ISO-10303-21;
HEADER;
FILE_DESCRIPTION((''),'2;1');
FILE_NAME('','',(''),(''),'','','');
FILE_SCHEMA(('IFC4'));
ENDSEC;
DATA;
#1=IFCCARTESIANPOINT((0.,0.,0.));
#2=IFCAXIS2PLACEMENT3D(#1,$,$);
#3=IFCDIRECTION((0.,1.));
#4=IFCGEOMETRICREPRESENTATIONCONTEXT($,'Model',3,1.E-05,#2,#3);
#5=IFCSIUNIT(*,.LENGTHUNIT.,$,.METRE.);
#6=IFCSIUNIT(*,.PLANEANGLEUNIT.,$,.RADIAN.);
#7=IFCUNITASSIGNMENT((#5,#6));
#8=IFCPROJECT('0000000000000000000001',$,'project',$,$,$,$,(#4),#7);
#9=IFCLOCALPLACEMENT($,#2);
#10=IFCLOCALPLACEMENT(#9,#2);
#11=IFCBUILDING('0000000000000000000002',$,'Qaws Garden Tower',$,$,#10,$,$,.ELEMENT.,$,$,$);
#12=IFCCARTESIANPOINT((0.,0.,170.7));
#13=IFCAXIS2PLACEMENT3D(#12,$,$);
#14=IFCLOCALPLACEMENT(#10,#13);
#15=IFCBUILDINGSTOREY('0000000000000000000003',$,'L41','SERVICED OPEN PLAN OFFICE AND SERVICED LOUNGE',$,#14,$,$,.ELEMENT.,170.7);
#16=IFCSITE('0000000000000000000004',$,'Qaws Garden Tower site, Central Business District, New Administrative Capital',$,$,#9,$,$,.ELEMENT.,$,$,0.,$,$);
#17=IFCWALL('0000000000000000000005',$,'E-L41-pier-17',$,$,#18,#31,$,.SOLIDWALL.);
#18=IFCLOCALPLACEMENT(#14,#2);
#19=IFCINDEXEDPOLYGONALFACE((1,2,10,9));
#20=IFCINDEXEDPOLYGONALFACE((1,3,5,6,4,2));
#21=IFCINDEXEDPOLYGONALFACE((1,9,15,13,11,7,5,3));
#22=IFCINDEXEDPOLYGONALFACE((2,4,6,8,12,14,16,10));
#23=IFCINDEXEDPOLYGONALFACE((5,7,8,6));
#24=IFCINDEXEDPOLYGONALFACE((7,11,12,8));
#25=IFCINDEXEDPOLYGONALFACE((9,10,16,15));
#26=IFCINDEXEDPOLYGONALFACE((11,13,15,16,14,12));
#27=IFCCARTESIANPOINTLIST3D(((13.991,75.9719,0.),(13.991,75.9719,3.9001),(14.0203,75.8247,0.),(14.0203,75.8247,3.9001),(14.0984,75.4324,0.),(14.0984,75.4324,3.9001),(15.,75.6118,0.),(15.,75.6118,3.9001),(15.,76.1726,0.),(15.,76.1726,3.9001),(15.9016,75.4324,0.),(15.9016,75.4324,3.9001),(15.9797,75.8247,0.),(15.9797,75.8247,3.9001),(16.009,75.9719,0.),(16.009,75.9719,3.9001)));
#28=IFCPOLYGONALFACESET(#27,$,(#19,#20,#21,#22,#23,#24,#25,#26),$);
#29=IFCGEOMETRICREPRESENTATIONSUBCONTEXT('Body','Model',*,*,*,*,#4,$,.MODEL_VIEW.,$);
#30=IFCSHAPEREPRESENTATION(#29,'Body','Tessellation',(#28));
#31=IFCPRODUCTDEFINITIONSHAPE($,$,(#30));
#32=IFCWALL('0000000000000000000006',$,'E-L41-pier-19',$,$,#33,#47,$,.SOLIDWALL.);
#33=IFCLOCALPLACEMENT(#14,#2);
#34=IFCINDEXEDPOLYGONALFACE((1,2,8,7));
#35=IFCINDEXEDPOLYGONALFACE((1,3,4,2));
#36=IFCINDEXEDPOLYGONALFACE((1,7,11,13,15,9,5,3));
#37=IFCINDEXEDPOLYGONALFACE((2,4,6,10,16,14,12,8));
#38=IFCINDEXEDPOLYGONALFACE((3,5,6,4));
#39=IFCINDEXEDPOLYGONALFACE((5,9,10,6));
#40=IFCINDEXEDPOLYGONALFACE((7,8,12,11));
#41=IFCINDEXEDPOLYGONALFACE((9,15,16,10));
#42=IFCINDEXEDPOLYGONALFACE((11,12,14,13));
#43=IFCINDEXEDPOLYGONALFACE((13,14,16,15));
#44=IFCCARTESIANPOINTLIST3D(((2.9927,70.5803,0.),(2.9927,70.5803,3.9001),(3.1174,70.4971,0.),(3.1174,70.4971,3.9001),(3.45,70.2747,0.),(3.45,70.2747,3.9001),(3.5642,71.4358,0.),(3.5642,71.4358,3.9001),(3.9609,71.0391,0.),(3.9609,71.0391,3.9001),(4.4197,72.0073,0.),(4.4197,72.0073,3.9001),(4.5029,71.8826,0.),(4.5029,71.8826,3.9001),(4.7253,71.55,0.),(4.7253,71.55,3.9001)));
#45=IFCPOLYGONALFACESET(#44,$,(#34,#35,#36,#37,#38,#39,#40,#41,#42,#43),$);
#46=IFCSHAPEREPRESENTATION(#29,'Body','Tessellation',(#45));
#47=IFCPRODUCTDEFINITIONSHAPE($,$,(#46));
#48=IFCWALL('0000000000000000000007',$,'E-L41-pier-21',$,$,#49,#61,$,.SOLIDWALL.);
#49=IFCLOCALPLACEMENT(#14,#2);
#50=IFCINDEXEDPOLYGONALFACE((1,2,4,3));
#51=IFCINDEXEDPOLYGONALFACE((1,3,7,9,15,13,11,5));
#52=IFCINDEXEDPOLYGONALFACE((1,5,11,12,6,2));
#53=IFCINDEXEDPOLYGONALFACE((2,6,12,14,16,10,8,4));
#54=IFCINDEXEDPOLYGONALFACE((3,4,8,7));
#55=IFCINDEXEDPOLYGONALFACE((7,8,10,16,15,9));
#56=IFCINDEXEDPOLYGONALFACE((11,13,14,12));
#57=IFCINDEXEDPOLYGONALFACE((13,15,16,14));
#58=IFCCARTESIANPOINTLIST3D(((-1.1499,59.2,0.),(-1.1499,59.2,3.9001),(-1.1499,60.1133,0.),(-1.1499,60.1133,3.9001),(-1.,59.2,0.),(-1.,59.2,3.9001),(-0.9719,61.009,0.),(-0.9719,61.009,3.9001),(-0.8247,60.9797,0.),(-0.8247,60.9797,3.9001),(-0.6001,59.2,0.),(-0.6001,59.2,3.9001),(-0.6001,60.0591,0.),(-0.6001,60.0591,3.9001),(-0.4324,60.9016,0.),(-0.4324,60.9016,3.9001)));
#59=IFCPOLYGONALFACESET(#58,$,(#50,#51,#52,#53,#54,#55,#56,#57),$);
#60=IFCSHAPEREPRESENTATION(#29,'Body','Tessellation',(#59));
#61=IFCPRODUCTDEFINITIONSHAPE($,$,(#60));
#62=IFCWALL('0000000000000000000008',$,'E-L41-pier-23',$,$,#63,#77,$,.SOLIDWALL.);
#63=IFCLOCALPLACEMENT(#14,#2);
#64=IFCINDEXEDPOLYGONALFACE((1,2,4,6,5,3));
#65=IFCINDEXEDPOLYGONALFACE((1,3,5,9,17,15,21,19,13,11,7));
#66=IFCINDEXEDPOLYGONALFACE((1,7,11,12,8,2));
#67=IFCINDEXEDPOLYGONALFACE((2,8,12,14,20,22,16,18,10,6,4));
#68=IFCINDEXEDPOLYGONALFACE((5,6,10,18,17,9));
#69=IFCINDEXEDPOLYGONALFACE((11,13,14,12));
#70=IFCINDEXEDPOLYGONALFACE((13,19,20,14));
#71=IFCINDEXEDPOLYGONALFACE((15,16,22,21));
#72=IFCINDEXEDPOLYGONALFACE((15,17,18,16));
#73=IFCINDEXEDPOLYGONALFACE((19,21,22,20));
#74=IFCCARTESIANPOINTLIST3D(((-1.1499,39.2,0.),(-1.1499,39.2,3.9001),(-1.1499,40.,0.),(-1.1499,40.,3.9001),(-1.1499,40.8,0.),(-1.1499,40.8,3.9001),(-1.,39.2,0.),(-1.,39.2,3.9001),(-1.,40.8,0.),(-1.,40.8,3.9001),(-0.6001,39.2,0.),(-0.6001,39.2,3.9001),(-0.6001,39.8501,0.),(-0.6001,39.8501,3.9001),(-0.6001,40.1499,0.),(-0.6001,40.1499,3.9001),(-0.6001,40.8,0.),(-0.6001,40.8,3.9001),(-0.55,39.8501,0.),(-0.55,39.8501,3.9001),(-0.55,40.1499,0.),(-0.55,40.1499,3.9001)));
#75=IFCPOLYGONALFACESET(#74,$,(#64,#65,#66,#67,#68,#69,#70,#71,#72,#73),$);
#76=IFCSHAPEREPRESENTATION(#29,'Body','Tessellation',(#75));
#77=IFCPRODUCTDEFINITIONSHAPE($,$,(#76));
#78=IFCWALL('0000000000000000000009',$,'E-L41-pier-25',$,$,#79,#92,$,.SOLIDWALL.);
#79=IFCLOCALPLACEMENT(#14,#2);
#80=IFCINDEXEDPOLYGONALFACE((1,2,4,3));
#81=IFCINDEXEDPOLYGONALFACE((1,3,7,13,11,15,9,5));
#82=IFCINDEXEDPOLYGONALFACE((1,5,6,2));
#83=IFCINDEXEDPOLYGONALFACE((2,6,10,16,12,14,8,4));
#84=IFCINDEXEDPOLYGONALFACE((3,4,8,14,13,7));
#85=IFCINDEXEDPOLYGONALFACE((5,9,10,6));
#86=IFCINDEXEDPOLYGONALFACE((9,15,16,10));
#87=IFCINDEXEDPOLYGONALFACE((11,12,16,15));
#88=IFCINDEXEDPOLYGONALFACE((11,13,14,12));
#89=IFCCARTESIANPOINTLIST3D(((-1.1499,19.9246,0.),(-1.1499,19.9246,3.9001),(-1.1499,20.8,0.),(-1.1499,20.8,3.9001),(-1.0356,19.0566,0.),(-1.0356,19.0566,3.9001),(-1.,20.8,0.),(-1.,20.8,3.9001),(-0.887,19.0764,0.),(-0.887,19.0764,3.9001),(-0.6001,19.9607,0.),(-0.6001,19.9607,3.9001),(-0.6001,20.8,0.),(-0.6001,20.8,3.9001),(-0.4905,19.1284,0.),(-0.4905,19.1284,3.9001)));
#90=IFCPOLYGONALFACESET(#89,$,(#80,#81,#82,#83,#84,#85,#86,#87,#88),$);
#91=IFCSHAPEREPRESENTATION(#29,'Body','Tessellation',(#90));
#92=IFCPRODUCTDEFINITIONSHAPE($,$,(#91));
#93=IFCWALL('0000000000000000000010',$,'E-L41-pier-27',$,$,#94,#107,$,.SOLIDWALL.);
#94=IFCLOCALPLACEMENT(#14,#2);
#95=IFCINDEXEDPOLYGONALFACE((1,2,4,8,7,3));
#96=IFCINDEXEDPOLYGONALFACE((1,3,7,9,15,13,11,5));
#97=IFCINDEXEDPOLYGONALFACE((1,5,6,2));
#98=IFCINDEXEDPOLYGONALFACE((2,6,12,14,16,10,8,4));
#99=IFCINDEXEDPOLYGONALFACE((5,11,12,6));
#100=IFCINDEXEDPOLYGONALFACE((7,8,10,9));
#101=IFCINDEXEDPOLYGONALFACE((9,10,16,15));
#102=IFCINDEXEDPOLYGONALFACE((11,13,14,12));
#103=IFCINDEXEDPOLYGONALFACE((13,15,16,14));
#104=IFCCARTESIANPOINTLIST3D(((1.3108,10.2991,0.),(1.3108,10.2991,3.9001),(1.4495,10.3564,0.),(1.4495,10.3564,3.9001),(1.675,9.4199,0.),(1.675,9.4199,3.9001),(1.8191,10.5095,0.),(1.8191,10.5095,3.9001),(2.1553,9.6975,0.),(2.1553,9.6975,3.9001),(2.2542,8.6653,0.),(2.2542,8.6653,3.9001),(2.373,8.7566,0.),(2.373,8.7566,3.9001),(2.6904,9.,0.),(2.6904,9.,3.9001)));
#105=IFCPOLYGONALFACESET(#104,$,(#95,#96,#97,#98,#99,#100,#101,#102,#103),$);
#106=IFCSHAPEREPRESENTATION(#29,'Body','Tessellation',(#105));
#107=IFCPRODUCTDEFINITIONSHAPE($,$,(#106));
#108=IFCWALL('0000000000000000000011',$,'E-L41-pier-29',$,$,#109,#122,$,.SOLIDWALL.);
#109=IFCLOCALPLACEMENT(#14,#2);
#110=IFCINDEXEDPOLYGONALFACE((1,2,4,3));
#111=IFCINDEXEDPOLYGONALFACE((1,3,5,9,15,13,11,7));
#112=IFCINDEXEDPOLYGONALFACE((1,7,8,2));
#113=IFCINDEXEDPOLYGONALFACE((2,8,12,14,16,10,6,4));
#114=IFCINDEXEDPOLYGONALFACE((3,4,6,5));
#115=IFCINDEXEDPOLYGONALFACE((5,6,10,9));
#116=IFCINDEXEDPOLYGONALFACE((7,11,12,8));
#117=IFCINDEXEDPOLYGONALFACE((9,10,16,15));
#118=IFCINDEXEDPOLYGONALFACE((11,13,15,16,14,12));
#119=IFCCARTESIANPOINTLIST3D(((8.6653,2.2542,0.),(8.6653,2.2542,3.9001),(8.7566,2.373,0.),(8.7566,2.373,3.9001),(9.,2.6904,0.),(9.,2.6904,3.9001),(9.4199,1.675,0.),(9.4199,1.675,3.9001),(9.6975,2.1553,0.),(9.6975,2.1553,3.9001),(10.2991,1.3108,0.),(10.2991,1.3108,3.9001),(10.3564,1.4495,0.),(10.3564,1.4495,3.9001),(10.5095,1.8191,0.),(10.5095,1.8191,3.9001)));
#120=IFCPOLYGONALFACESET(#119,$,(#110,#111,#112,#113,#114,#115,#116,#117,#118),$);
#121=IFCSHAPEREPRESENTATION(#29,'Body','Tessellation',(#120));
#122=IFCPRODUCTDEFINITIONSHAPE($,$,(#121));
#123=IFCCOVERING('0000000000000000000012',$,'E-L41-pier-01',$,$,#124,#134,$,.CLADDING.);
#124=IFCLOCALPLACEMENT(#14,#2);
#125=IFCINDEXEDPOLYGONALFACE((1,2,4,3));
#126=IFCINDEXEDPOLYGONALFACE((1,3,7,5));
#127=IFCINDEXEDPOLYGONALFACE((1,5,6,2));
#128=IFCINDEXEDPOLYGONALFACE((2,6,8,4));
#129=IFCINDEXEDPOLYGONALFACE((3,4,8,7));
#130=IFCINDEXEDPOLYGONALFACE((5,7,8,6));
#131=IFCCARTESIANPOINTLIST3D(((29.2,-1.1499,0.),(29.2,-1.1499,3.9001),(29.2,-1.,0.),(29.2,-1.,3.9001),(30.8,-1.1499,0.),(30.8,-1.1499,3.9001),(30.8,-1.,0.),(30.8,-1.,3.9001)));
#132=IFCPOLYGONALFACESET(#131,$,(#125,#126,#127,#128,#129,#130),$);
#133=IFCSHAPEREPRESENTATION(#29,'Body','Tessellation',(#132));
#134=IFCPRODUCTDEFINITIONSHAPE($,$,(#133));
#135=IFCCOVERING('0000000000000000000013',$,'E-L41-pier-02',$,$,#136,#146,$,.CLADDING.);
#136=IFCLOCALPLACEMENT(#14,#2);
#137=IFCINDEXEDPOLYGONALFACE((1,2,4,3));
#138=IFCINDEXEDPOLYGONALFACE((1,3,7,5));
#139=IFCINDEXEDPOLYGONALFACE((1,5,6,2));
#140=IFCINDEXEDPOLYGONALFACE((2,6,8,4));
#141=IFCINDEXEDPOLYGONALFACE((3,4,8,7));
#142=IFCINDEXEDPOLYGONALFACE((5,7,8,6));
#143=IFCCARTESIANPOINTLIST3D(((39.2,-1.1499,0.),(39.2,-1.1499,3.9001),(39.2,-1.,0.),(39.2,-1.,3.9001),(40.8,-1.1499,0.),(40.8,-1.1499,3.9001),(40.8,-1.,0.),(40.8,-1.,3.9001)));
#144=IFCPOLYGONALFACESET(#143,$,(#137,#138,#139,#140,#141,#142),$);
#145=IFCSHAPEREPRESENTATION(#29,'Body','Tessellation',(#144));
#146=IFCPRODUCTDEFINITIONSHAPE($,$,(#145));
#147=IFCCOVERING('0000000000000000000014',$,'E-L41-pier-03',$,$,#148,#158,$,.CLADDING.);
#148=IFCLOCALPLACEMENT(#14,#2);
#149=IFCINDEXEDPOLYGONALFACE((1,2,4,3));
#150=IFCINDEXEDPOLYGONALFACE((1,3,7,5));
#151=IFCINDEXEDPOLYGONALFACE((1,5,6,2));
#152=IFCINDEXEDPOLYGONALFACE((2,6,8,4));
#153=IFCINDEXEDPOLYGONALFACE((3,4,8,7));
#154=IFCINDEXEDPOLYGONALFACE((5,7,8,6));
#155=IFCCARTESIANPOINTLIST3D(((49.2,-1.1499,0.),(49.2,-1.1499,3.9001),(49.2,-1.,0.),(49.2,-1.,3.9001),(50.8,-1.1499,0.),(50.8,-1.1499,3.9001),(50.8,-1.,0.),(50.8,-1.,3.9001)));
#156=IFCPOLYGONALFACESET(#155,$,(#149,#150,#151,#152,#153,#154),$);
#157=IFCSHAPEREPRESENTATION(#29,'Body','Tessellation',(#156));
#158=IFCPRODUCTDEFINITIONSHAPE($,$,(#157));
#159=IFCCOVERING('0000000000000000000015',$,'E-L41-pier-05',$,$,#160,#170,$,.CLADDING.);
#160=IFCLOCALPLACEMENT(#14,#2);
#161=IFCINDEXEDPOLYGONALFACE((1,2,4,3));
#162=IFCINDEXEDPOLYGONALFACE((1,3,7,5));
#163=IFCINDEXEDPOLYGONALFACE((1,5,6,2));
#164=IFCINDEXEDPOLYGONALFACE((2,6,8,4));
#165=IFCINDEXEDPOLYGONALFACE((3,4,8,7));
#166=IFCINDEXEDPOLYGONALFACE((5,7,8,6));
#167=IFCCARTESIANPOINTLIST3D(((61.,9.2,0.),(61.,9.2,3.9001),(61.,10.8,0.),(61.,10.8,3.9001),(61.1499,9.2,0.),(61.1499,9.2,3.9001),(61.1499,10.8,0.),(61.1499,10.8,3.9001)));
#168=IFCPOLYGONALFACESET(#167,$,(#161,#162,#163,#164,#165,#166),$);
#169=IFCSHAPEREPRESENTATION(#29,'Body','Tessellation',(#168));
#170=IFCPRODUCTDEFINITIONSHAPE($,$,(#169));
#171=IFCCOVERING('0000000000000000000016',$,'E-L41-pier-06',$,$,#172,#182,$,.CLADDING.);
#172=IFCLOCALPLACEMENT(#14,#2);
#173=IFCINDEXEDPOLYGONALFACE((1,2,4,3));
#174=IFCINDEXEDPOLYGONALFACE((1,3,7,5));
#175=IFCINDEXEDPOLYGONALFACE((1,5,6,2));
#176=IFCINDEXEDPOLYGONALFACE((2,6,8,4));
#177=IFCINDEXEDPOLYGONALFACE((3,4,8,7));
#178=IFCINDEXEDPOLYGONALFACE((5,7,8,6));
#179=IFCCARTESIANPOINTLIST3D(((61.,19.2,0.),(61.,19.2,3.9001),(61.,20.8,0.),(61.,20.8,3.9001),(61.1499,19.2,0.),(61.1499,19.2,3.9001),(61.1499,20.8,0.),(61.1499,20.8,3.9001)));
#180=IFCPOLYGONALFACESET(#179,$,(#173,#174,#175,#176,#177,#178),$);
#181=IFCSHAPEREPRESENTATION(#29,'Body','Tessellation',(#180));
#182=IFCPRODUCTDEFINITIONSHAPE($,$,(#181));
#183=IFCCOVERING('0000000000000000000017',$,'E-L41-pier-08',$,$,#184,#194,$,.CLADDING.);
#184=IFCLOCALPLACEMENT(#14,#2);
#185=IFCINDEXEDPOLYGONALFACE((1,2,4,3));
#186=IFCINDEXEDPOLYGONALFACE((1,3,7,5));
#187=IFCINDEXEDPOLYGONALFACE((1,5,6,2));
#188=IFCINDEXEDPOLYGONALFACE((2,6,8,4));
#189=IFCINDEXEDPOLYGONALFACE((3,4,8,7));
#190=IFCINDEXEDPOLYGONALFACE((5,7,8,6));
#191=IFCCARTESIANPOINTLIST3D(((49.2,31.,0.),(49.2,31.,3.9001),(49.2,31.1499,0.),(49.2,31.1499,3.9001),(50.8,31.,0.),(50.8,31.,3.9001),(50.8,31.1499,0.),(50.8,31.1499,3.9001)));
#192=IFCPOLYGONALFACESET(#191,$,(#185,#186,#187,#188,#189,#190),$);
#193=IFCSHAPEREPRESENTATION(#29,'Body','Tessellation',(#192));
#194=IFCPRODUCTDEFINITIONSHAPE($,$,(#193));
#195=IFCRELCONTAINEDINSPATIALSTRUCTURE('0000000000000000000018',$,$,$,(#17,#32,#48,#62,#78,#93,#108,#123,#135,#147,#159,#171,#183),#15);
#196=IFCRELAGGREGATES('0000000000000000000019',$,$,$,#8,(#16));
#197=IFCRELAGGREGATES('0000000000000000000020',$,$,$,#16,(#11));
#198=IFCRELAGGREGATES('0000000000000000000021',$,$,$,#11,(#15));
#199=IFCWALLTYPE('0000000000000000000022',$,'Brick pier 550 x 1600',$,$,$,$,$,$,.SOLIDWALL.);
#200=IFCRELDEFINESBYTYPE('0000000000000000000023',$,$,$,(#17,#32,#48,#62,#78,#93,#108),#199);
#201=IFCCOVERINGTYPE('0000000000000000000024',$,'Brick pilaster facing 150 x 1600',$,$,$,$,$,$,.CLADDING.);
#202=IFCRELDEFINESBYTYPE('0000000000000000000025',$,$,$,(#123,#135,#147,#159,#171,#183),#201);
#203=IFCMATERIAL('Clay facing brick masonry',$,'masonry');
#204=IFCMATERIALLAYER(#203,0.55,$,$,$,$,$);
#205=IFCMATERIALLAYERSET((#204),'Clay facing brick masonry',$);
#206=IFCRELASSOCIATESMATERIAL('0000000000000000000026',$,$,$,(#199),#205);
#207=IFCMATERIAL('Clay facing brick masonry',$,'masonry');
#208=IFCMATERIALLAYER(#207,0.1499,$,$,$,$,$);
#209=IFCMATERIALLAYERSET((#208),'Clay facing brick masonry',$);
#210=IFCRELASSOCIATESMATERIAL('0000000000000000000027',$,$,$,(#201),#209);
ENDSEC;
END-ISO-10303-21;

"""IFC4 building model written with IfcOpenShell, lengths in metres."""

from ifc_helpers import new_model, si_unit, direction, frame, origin, place, context, subcontext, project, spatial, polyline, outline, extrude, material, layer, layer_set, type_object, element, save


model = new_model("IFC4")

# Units and contexts
model_context = context("Model", 3, precision=1e-05, world=origin(), true_north=direction((0.0, 1.0)))
body_context = subcontext(model_context, "Body", "Model", "MODEL_VIEW")
ifc_project = project(units=[si_unit("LENGTHUNIT", "METRE"), si_unit("PLANEANGLEUNIT", "RADIAN")], contexts=[model_context])

# Site, building, storey
site_placement = place(None, origin())
site = spatial("IfcSite", under=ifc_project, at=site_placement, Name="Qaws Garden Tower site, Central Business District, New Administrative Capital", CompositionType="ELEMENT", RefElevation=0.0)
building_placement = place(site_placement, origin())
building = spatial("IfcBuilding", under=site, at=building_placement, Name="Qaws Garden Tower", CompositionType="ELEMENT")
storey_placement = place(building_placement, frame((0.0, 0.0, 170.7)))
storey = spatial("IfcBuildingStorey", under=building, at=storey_placement, Name="L41", Description="SERVICED OPEN PLAN OFFICE AND SERVICED LOUNGE", CompositionType="ELEMENT", Elevation=170.7)

# Walls
placement = place(storey_placement, origin())
ifc_material_1 = material(Name="Clay facing brick masonry", Category="masonry")
ifc_layer_1 = layer(ifc_material_1, 0.55)
ifc_layer_set_1 = layer_set([ifc_layer_1], Name="Clay facing brick masonry")
wall_type_1 = type_object("IfcWallType", Name="Brick pier 550 x 1600", PredefinedType="SOLIDWALL", material=ifc_layer_set_1)
element("IfcWall", 1, at=placement, inside=storey, type_object=wall_type_1, Name="E-L41-pier-17", PredefinedType="SOLIDWALL", context=body_context, shape_type="SweptSolid", body=[
    extrude(outline(polyline([(15.9797, 75.8247), (16.009, 75.9719), (15.0, 76.1726), (13.991, 75.9719), (14.0203, 75.8247), (14.0984, 75.4324), (15.0, 75.6118), (15.9016, 75.4324), (15.9797, 75.8247)])), origin(), (0.0, 0.0, 1.0), 3.9001),
])
element("IfcWall", 2, at=placement, inside=storey, type_object=wall_type_1, Name="E-L41-pier-19", PredefinedType="SOLIDWALL", context=body_context, shape_type="SweptSolid", body=[
    extrude(outline(polyline([(4.5029, 71.8826), (4.4197, 72.0073), (3.5642, 71.4358), (2.9927, 70.5803), (3.1174, 70.4971), (3.45, 70.2747), (3.9609, 71.0391), (4.7253, 71.55), (4.5029, 71.8826)])), origin(), (0.0, 0.0, 1.0), 3.9001),
])
element("IfcWall", 3, at=placement, inside=storey, type_object=wall_type_1, Name="E-L41-pier-21", PredefinedType="SOLIDWALL", context=body_context, shape_type="SweptSolid", body=[
    extrude(outline(polyline([(-0.8247, 60.9797), (-0.9719, 61.009), (-1.1499, 60.1133), (-1.1499, 59.2), (-1.0, 59.2), (-0.6001, 59.2), (-0.6001, 60.0591), (-0.4324, 60.9016), (-0.8247, 60.9797)])), origin(), (0.0, 0.0, 1.0), 3.9001),
])
element("IfcWall", 4, at=placement, inside=storey, type_object=wall_type_1, Name="E-L41-pier-23", PredefinedType="SOLIDWALL", context=body_context, shape_type="SweptSolid", body=[
    extrude(outline(polyline([(-0.6001, 39.2), (-0.6001, 39.8501), (-0.55, 39.8501), (-0.55, 40.1499), (-0.6001, 40.1499), (-0.6001, 40.8), (-1.0, 40.8), (-1.1499, 40.8), (-1.1499, 40.0), (-1.1499, 39.2), (-1.0, 39.2), (-0.6001, 39.2)])), origin(), (0.0, 0.0, 1.0), 3.9001),
])
element("IfcWall", 5, at=placement, inside=storey, type_object=wall_type_1, Name="E-L41-pier-25", PredefinedType="SOLIDWALL", context=body_context, shape_type="SweptSolid", body=[
    extrude(outline(polyline([(-1.0, 20.8), (-1.1499, 20.8), (-1.1499, 19.9246), (-1.0356, 19.0566), (-0.887, 19.0764), (-0.4905, 19.1284), (-0.6001, 19.9607), (-0.6001, 20.8), (-1.0, 20.8)])), origin(), (0.0, 0.0, 1.0), 3.9001),
])
element("IfcWall", 6, at=placement, inside=storey, type_object=wall_type_1, Name="E-L41-pier-27", PredefinedType="SOLIDWALL", context=body_context, shape_type="SweptSolid", body=[
    extrude(outline(polyline([(1.4495, 10.3564), (1.3108, 10.2991), (1.675, 9.4199), (2.2542, 8.6653), (2.373, 8.7566), (2.6904, 9.0), (2.1553, 9.6975), (1.8191, 10.5095), (1.4495, 10.3564)])), origin(), (0.0, 0.0, 1.0), 3.9001),
])
element("IfcWall", 7, at=placement, inside=storey, type_object=wall_type_1, Name="E-L41-pier-29", PredefinedType="SOLIDWALL", context=body_context, shape_type="SweptSolid", body=[
    extrude(outline(polyline([(8.7566, 2.373), (8.6653, 2.2542), (9.4199, 1.675), (10.2991, 1.3108), (10.3564, 1.4495), (10.5095, 1.8191), (9.6975, 2.1553), (9.0, 2.6904), (8.7566, 2.373)])), origin(), (0.0, 0.0, 1.0), 3.9001),
])

# Coverings
ifc_material_2 = material(Name="Clay facing brick masonry", Category="masonry")
ifc_layer_2 = layer(ifc_material_2, 0.1499)
ifc_layer_set_2 = layer_set([ifc_layer_2], Name="Clay facing brick masonry")
covering_type = type_object("IfcCoveringType", Name="Brick pilaster facing 150 x 1600", PredefinedType="CLADDING", material=ifc_layer_set_2)
element("IfcCovering", 8, at=placement, inside=storey, type_object=covering_type, Name="E-L41-pier-01", PredefinedType="CLADDING", context=body_context, shape_type="SweptSolid", body=[
    extrude(outline(polyline([(29.2, -1.0), (30.8, -1.0), (30.8, -1.1499), (29.2, -1.1499), (29.2, -1.0)])), origin(), (0.0, 0.0, 1.0), 3.9001),
])
element("IfcCovering", 9, at=placement, inside=storey, type_object=covering_type, Name="E-L41-pier-02", PredefinedType="CLADDING", context=body_context, shape_type="SweptSolid", body=[
    extrude(outline(polyline([(39.2, -1.0), (40.8, -1.0), (40.8, -1.1499), (39.2, -1.1499), (39.2, -1.0)])), origin(), (0.0, 0.0, 1.0), 3.9001),
])
element("IfcCovering", 10, at=placement, inside=storey, type_object=covering_type, Name="E-L41-pier-03", PredefinedType="CLADDING", context=body_context, shape_type="SweptSolid", body=[
    extrude(outline(polyline([(49.2, -1.0), (50.8, -1.0), (50.8, -1.1499), (49.2, -1.1499), (49.2, -1.0)])), origin(), (0.0, 0.0, 1.0), 3.9001),
])
element("IfcCovering", 11, at=placement, inside=storey, type_object=covering_type, Name="E-L41-pier-05", PredefinedType="CLADDING", context=body_context, shape_type="SweptSolid", body=[
    extrude(outline(polyline([(61.0, 9.2), (61.0, 10.8), (61.1499, 10.8), (61.1499, 9.2), (61.0, 9.2)])), origin(), (0.0, 0.0, 1.0), 3.9001),
])
element("IfcCovering", 12, at=placement, inside=storey, type_object=covering_type, Name="E-L41-pier-06", PredefinedType="CLADDING", context=body_context, shape_type="SweptSolid", body=[
    extrude(outline(polyline([(61.0, 19.2), (61.0, 20.8), (61.1499, 20.8), (61.1499, 19.2), (61.0, 19.2)])), origin(), (0.0, 0.0, 1.0), 3.9001),
])
element("IfcCovering", 13, at=placement, inside=storey, type_object=covering_type, Name="E-L41-pier-08", PredefinedType="CLADDING", context=body_context, shape_type="SweptSolid", body=[
    extrude(outline(polyline([(50.8, 31.0), (49.2, 31.0), (49.2, 31.1499), (50.8, 31.1499), (50.8, 31.0)])), origin(), (0.0, 0.0, 1.0), 3.9001),
])

save(model, "model.ifc")
